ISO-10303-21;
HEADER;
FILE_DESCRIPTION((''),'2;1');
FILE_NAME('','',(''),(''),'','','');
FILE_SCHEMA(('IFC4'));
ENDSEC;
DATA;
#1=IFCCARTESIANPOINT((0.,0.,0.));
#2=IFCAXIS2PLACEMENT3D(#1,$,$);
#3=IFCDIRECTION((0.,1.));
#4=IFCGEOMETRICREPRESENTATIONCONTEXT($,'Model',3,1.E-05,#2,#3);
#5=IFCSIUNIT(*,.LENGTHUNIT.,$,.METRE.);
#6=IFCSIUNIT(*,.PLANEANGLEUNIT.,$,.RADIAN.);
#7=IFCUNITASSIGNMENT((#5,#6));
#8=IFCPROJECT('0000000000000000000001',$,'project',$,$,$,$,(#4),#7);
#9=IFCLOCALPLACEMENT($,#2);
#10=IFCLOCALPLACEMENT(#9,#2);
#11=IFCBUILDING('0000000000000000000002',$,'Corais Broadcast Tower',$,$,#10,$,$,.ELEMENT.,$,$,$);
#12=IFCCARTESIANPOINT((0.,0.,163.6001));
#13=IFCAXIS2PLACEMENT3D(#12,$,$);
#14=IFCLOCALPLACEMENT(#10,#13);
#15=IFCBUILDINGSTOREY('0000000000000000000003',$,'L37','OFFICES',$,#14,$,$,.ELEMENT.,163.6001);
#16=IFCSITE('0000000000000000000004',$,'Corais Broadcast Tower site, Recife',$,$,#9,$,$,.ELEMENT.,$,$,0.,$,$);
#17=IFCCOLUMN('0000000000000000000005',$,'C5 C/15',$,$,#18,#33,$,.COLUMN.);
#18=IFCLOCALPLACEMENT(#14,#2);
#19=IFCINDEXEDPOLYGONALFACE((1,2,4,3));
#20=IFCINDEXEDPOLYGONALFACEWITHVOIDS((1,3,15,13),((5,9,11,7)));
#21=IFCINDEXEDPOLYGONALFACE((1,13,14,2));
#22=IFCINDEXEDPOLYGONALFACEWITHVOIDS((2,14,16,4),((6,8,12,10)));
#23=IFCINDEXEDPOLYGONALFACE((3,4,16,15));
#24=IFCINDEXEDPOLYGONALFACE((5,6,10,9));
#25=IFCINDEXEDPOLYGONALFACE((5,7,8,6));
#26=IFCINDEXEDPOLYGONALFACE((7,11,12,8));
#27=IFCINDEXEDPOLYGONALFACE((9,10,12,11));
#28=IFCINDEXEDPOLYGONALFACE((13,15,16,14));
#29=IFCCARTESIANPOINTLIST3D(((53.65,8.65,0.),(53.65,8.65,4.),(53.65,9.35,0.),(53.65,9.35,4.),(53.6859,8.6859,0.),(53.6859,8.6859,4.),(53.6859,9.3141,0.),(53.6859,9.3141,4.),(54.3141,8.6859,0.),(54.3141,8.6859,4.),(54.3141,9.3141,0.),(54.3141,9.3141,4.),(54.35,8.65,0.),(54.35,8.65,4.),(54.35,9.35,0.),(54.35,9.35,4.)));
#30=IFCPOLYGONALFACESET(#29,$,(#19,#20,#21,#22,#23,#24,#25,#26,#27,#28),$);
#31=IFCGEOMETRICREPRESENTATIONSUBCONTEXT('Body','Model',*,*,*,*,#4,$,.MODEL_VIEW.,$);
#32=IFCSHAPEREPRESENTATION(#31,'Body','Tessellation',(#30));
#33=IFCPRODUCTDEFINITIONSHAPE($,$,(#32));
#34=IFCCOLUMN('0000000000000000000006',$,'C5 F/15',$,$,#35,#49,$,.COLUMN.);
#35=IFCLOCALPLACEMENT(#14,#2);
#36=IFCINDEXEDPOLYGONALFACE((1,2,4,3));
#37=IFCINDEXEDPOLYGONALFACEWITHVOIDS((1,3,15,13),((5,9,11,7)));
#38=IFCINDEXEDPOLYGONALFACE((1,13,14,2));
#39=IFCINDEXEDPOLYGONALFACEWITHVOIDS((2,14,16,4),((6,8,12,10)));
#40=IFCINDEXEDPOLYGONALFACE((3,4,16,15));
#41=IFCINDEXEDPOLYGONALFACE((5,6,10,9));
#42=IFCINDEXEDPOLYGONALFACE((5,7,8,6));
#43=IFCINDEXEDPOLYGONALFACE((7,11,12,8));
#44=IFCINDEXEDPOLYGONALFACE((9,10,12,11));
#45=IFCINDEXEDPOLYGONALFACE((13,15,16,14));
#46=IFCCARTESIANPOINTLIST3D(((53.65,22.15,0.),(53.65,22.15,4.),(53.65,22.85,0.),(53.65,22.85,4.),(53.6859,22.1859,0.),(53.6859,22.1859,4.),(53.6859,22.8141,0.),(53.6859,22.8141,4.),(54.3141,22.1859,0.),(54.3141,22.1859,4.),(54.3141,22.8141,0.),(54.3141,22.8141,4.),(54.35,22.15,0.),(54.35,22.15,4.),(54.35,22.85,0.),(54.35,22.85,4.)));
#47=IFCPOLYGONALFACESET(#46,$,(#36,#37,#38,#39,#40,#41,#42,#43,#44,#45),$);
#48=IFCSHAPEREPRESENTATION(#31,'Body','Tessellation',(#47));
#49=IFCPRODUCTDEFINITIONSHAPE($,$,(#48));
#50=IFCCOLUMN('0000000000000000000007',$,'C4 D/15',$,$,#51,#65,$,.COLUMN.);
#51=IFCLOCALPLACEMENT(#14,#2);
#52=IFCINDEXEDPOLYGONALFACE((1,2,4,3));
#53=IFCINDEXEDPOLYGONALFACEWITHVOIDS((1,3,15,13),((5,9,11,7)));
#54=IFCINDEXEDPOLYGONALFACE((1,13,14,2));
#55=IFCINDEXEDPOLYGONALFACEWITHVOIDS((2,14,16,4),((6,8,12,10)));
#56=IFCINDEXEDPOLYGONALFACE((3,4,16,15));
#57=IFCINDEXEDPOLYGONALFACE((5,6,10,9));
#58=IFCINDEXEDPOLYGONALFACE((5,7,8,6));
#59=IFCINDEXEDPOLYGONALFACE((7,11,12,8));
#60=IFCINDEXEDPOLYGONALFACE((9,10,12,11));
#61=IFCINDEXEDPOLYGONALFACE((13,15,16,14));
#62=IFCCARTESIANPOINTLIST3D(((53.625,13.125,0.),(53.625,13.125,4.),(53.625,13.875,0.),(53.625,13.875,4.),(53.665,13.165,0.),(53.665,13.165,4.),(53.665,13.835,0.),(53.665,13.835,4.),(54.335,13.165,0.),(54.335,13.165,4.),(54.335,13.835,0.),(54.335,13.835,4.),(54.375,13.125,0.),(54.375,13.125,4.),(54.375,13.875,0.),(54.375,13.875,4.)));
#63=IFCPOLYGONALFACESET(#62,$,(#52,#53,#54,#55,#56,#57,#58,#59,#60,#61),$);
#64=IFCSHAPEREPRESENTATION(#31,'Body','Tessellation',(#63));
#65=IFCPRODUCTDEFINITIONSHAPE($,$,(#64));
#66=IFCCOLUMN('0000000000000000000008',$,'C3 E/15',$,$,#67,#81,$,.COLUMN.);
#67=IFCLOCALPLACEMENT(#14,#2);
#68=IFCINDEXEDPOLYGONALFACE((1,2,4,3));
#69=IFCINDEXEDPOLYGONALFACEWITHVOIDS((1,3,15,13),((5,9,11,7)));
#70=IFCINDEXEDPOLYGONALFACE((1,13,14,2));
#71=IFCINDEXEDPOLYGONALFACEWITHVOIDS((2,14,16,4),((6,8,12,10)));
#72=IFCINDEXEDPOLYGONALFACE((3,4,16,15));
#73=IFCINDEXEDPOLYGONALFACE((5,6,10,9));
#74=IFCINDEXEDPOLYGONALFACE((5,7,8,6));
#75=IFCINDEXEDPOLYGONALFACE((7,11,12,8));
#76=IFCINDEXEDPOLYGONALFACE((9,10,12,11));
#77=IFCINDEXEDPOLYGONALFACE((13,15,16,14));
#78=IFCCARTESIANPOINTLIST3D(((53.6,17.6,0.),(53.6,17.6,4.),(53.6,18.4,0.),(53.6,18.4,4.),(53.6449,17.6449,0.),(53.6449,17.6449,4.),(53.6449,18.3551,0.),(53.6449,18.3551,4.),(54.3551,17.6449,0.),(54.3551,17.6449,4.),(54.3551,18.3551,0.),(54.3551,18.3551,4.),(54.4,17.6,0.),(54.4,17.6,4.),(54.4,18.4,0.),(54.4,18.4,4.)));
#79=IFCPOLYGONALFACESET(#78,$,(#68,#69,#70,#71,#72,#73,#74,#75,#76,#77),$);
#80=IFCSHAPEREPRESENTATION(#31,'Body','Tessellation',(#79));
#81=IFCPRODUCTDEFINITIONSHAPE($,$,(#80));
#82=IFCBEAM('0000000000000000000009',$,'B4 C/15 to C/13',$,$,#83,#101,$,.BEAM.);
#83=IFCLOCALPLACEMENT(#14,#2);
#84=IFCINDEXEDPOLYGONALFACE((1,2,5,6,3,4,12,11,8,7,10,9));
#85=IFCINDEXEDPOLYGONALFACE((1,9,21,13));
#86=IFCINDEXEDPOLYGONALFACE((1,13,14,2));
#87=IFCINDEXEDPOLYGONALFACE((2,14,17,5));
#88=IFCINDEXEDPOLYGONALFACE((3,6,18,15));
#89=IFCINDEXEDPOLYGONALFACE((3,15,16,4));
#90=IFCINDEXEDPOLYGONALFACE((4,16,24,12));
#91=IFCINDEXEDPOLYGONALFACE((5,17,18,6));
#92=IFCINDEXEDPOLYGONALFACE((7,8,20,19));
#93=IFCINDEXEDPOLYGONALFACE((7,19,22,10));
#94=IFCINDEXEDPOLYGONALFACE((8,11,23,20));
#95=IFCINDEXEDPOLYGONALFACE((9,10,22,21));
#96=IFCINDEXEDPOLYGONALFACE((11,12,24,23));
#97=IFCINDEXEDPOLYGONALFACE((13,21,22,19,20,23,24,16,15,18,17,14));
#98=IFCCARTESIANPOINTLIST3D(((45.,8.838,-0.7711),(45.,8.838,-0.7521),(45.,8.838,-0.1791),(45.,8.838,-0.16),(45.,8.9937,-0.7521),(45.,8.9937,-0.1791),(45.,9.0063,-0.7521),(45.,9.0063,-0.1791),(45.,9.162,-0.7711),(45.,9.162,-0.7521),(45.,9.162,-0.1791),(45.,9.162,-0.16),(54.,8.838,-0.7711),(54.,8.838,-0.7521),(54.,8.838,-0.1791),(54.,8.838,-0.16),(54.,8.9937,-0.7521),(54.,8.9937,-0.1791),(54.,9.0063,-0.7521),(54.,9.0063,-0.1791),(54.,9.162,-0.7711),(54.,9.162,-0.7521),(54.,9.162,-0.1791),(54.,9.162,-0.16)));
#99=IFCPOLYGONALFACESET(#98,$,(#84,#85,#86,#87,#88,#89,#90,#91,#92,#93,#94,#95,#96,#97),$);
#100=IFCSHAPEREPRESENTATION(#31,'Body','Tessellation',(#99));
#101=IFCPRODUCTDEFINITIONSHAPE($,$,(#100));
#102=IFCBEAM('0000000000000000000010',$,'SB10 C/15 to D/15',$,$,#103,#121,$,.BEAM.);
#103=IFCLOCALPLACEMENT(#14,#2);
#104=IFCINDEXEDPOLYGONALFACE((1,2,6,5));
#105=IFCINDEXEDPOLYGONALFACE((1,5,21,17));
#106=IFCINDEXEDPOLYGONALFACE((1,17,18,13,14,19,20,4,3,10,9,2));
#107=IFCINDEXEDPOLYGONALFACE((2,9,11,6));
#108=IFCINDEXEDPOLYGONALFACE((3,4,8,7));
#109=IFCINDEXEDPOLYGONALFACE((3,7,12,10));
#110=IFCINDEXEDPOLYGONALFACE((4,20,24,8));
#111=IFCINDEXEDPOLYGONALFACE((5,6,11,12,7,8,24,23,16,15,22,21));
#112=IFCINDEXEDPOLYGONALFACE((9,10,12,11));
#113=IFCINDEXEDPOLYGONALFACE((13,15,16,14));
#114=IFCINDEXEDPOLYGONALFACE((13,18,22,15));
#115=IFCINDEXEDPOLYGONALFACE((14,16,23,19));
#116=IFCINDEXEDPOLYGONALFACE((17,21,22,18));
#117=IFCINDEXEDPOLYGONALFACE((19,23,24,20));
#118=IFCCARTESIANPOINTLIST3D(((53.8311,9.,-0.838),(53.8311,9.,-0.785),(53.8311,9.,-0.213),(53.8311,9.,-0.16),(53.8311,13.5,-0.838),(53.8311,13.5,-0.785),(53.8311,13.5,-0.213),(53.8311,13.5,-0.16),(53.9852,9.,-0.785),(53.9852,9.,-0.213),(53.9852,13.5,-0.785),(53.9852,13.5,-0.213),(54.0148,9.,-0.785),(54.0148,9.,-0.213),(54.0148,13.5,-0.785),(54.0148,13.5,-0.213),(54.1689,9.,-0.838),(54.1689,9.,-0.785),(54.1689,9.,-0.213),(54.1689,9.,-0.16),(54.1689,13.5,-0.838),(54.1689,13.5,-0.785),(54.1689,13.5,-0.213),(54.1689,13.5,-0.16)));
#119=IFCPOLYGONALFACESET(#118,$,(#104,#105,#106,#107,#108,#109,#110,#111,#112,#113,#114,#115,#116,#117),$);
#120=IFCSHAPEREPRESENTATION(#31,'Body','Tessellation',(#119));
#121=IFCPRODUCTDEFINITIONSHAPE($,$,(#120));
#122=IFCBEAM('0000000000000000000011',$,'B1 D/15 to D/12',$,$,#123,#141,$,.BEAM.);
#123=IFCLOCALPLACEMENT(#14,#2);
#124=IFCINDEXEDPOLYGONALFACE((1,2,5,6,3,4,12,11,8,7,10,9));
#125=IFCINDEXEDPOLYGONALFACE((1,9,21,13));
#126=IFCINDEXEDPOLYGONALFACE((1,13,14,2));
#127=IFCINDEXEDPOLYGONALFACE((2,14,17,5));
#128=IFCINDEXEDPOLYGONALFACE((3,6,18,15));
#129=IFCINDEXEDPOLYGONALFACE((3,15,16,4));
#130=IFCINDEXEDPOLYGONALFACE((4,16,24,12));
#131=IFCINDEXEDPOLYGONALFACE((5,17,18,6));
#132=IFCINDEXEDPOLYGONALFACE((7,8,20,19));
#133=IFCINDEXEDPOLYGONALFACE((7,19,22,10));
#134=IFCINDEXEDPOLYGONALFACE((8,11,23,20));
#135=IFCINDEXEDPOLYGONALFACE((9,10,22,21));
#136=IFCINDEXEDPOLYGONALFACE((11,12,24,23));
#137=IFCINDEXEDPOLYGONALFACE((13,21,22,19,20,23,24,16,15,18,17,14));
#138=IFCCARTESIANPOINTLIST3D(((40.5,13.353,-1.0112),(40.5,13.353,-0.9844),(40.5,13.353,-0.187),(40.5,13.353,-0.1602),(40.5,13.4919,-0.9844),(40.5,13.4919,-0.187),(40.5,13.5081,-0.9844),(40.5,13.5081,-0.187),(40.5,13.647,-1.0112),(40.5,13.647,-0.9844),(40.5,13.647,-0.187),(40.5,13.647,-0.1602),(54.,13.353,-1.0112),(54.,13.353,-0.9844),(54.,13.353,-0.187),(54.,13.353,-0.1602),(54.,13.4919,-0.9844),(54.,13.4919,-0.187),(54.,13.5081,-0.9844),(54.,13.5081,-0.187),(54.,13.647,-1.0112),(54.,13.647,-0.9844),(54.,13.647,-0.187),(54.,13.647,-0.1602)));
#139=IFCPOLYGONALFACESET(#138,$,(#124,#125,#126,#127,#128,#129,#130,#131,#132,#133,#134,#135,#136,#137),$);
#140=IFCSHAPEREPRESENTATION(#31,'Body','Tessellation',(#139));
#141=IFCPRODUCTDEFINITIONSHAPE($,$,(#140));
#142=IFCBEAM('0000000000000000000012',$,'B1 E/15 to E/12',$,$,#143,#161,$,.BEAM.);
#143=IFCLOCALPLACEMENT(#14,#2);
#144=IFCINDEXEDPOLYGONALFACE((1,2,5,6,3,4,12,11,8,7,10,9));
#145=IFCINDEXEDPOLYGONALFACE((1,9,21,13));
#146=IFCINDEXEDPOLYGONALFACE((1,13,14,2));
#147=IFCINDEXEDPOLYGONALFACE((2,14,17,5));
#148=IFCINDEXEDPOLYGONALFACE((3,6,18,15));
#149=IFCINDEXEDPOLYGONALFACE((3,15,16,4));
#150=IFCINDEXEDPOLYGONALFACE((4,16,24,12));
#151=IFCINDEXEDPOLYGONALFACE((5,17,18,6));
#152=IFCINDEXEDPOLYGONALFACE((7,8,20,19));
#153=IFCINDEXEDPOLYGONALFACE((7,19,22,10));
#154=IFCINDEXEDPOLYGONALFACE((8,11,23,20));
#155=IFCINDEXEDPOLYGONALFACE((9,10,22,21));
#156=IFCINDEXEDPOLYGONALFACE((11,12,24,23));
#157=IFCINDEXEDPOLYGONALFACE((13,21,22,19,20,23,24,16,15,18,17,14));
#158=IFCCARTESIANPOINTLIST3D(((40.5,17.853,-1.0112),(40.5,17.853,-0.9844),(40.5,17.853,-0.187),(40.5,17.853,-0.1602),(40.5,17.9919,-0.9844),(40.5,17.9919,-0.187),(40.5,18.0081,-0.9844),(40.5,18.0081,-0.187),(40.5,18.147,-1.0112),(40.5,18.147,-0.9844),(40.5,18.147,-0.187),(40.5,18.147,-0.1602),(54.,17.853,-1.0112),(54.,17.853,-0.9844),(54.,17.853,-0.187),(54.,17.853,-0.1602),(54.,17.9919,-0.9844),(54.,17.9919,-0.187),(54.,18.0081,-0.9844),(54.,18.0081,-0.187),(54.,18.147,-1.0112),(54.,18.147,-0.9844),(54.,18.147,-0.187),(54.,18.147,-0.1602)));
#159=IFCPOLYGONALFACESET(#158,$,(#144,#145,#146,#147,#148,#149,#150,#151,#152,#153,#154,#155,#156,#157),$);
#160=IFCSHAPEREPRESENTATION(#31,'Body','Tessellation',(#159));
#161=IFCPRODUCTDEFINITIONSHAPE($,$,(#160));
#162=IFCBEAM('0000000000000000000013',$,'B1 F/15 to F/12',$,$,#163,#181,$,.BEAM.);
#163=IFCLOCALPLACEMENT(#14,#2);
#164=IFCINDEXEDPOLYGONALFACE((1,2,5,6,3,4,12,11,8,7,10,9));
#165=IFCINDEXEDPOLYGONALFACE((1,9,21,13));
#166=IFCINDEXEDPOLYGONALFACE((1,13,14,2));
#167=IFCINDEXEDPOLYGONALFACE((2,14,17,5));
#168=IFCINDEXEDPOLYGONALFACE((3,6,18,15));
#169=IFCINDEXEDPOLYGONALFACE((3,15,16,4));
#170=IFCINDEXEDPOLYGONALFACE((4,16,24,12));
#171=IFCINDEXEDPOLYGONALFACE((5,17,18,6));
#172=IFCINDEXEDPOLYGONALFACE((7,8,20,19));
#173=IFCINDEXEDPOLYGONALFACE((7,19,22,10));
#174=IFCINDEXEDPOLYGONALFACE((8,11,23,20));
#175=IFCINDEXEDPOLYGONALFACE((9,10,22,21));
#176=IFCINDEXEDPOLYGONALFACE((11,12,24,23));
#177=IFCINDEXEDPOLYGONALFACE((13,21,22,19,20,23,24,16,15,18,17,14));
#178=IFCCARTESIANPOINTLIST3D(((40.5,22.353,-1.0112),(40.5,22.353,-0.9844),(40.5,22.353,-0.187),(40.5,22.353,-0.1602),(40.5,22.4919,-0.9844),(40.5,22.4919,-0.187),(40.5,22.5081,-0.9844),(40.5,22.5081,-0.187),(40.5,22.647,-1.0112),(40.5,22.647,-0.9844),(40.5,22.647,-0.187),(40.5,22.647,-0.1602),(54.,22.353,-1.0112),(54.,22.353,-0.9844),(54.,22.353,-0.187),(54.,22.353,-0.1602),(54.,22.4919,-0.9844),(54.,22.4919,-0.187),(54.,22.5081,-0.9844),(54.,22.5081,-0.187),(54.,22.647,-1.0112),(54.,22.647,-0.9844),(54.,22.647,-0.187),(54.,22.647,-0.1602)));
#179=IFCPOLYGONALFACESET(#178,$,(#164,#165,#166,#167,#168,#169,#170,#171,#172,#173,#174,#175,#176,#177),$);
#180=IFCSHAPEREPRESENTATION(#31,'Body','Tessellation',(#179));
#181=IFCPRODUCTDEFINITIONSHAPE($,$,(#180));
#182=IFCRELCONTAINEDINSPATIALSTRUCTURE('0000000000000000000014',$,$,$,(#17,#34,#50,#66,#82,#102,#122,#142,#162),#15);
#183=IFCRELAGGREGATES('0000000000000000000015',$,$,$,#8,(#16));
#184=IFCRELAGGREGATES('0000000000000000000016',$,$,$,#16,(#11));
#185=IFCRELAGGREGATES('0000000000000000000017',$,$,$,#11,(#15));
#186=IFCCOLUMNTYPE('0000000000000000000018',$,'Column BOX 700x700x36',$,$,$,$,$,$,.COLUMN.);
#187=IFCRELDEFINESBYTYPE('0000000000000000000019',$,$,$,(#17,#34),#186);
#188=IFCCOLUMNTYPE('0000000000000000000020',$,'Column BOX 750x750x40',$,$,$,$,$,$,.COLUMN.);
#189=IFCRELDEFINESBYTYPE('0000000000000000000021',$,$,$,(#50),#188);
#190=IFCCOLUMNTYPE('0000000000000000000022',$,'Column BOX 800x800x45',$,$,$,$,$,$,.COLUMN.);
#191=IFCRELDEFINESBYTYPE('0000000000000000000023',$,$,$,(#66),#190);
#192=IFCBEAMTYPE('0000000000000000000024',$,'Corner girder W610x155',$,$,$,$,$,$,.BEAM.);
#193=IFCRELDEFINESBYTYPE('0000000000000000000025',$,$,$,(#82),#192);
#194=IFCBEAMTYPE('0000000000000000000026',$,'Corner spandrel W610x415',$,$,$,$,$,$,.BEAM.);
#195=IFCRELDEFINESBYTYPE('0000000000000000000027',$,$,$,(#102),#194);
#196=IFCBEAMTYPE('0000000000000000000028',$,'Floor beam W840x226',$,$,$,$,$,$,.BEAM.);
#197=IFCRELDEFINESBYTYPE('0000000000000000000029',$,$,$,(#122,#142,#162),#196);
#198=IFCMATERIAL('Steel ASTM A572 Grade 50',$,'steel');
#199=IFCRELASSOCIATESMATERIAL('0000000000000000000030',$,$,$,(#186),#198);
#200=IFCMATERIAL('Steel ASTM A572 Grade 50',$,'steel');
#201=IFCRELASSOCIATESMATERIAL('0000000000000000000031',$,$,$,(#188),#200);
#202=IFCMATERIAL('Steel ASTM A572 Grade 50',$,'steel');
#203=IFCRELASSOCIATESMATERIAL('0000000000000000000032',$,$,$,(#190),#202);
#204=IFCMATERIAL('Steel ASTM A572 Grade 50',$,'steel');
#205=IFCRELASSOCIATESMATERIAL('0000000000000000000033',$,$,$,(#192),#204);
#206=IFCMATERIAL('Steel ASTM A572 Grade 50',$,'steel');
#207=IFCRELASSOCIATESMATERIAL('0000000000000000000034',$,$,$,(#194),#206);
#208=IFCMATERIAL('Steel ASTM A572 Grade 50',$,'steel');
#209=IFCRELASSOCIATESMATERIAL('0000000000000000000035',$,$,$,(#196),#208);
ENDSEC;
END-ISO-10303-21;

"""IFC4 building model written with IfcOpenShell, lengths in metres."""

from ifc_helpers import new_model, si_unit, direction, frame, origin, origin_2d, place, context, subcontext, project, spatial, hollow_rectangle, i_section, extrude, material, material_profile, profile_set, type_object, element, save


model = new_model("IFC4")

# Units and contexts
model_context = context("Model", 3, precision=1e-05, world=origin(), true_north=direction((0.0, 1.0)))
body_context = subcontext(model_context, "Body", "Model", "MODEL_VIEW")
ifc_project = project(units=[si_unit("LENGTHUNIT", "METRE"), si_unit("PLANEANGLEUNIT", "RADIAN")], contexts=[model_context])

# Site, building, storey
site_placement = place(None, origin())
site = spatial("IfcSite", under=ifc_project, at=site_placement, Name="Corais Broadcast Tower site, Recife", CompositionType="ELEMENT", RefElevation=0.0)
building_placement = place(site_placement, origin())
building = spatial("IfcBuilding", under=site, at=building_placement, Name="Corais Broadcast Tower", CompositionType="ELEMENT")
storey_placement = place(building_placement, frame((0.0, 0.0, 163.6001)))
storey = spatial("IfcBuildingStorey", under=building, at=storey_placement, Name="L37", Description="OFFICES", CompositionType="ELEMENT", Elevation=163.6001)

# Columns
ifc_material_1 = material(Name="Steel ASTM A572 Grade 50", Category="steel")
ifc_material_profile_1 = material_profile(ifc_material_1, hollow_rectangle(XDim=0.7, YDim=0.7, WallThickness=0.0359, at=origin_2d()), Name="BOX 700x700x36")
ifc_profile_set_1 = profile_set([ifc_material_profile_1], Name="Steel ASTM A572 Grade 50")
column_type_1 = type_object("IfcColumnType", Name="Column BOX 700x700x36", PredefinedType="COLUMN", material=ifc_profile_set_1)
for number, where, z_axis, x_axis, name in (
    (1, (54.0, 9.0, 0.0), (0.0, 0.0, 1.0), (1.0, 0.0, 0.0), "C5 C/15"),
    (2, (54.0, 22.5, 0.0), (0.0, 0.0, 1.0), (1.0, 0.0, 0.0), "C5 F/15"),
):
    element("IfcColumn", number, at=place(storey_placement, frame(where, z_axis=z_axis, x_axis=x_axis)), inside=storey, type_object=column_type_1, Name=name, PredefinedType="COLUMN", context=body_context, shape_type="SweptSolid", body=[
        extrude(hollow_rectangle(XDim=0.7, YDim=0.7, WallThickness=0.0359, at=origin_2d()), origin(), (0.0, 0.0, 1.0), 4.0),
    ])
ifc_material_2 = material(Name="Steel ASTM A572 Grade 50", Category="steel")
ifc_material_profile_2 = material_profile(ifc_material_2, hollow_rectangle(XDim=0.75, YDim=0.75, WallThickness=0.04, at=origin_2d()), Name="BOX 750x750x40")
ifc_profile_set_2 = profile_set([ifc_material_profile_2], Name="Steel ASTM A572 Grade 50")
column_type_2 = type_object("IfcColumnType", Name="Column BOX 750x750x40", PredefinedType="COLUMN", material=ifc_profile_set_2)
column_1_placement = place(storey_placement, frame((54.0, 13.5, 0.0), z_axis=(0.0, 0.0, 1.0), x_axis=(1.0, 0.0, 0.0)))
element("IfcColumn", 3, at=column_1_placement, inside=storey, type_object=column_type_2, Name="C4 D/15", PredefinedType="COLUMN", context=body_context, shape_type="SweptSolid", body=[
    extrude(hollow_rectangle(XDim=0.75, YDim=0.75, WallThickness=0.04, at=origin_2d()), origin(), (0.0, 0.0, 1.0), 4.0),
])
ifc_material_3 = material(Name="Steel ASTM A572 Grade 50", Category="steel")
ifc_material_profile_3 = material_profile(ifc_material_3, hollow_rectangle(XDim=0.8, YDim=0.8, WallThickness=0.0449, at=origin_2d()), Name="BOX 800x800x45")
ifc_profile_set_3 = profile_set([ifc_material_profile_3], Name="Steel ASTM A572 Grade 50")
column_type_3 = type_object("IfcColumnType", Name="Column BOX 800x800x45", PredefinedType="COLUMN", material=ifc_profile_set_3)
column_2_placement = place(storey_placement, frame((54.0, 18.0, 0.0), z_axis=(0.0, 0.0, 1.0), x_axis=(1.0, 0.0, 0.0)))
element("IfcColumn", 4, at=column_2_placement, inside=storey, type_object=column_type_3, Name="C3 E/15", PredefinedType="COLUMN", context=body_context, shape_type="SweptSolid", body=[
    extrude(hollow_rectangle(XDim=0.8, YDim=0.8, WallThickness=0.0449, at=origin_2d()), origin(), (0.0, 0.0, 1.0), 4.0),
])

# Beams
ifc_material_4 = material(Name="Steel ASTM A572 Grade 50", Category="steel")
ifc_material_profile_4 = material_profile(ifc_material_4, i_section(OverallWidth=0.324, OverallDepth=0.6111, WebThickness=0.0127, FlangeThickness=0.019, at=origin_2d()), Name="W610x155")
ifc_profile_set_4 = profile_set([ifc_material_profile_4], Name="Steel ASTM A572 Grade 50")
beam_type_1 = type_object("IfcBeamType", Name="Corner girder W610x155", PredefinedType="BEAM", material=ifc_profile_set_4)
beam_1_placement = place(storey_placement, frame((54.0, 9.0, -0.4656), z_axis=(-1.0, 0.0, 0.0), x_axis=(0.0, -1.0, 0.0)))
element("IfcBeam", 5, at=beam_1_placement, inside=storey, type_object=beam_type_1, Name="B4 C/15 to C/13", PredefinedType="BEAM", context=body_context, shape_type="SweptSolid", body=[
    extrude(i_section(OverallWidth=0.324, OverallDepth=0.6111, WebThickness=0.0127, FlangeThickness=0.019, at=origin_2d()), origin(), (0.0, 0.0, 1.0), 9.0),
])
ifc_material_5 = material(Name="Steel ASTM A572 Grade 50", Category="steel")
ifc_material_profile_5 = material_profile(ifc_material_5, i_section(OverallWidth=0.3379, OverallDepth=0.678, WebThickness=0.0295, FlangeThickness=0.053, at=origin_2d()), Name="W610x415")
ifc_profile_set_5 = profile_set([ifc_material_profile_5], Name="Steel ASTM A572 Grade 50")
beam_type_2 = type_object("IfcBeamType", Name="Corner spandrel W610x415", PredefinedType="BEAM", material=ifc_profile_set_5)
beam_2_placement = place(storey_placement, frame((54.0, 9.0, -0.499), z_axis=(0.0, 1.0, 0.0), x_axis=(-1.0, 0.0, 0.0)))
element("IfcBeam", 6, at=beam_2_placement, inside=storey, type_object=beam_type_2, Name="SB10 C/15 to D/15", PredefinedType="BEAM", context=body_context, shape_type="SweptSolid", body=[
    extrude(i_section(OverallWidth=0.3379, OverallDepth=0.678, WebThickness=0.0295, FlangeThickness=0.053, at=origin_2d()), origin(), (0.0, 0.0, 1.0), 4.5),
])
ifc_material_6 = material(Name="Steel ASTM A572 Grade 50", Category="steel")
ifc_material_profile_6 = material_profile(ifc_material_6, i_section(OverallWidth=0.2939, OverallDepth=0.8511, WebThickness=0.0161, FlangeThickness=0.0269, at=origin_2d()), Name="W840x226")
ifc_profile_set_6 = profile_set([ifc_material_profile_6], Name="Steel ASTM A572 Grade 50")
beam_type_3 = type_object("IfcBeamType", Name="Floor beam W840x226", PredefinedType="BEAM", material=ifc_profile_set_6)
for number, where, z_axis, x_axis, name in (
    (7, (54.0, 13.5, -0.5857), (-1.0, 0.0, 0.0), (0.0, -1.0, 0.0), "B1 D/15 to D/12"),
    (8, (54.0, 18.0, -0.5857), (-1.0, 0.0, 0.0), (0.0, -1.0, 0.0), "B1 E/15 to E/12"),
    (9, (54.0, 22.5, -0.5857), (-1.0, 0.0, 0.0), (0.0, -1.0, 0.0), "B1 F/15 to F/12"),
):
    element("IfcBeam", number, at=place(storey_placement, frame(where, z_axis=z_axis, x_axis=x_axis)), inside=storey, type_object=beam_type_3, Name=name, PredefinedType="BEAM", context=body_context, shape_type="SweptSolid", body=[
        extrude(i_section(OverallWidth=0.2939, OverallDepth=0.8511, WebThickness=0.0161, FlangeThickness=0.0269, at=origin_2d()), origin(), (0.0, 0.0, 1.0), 13.5),
    ])

save(model, "model.ifc")
